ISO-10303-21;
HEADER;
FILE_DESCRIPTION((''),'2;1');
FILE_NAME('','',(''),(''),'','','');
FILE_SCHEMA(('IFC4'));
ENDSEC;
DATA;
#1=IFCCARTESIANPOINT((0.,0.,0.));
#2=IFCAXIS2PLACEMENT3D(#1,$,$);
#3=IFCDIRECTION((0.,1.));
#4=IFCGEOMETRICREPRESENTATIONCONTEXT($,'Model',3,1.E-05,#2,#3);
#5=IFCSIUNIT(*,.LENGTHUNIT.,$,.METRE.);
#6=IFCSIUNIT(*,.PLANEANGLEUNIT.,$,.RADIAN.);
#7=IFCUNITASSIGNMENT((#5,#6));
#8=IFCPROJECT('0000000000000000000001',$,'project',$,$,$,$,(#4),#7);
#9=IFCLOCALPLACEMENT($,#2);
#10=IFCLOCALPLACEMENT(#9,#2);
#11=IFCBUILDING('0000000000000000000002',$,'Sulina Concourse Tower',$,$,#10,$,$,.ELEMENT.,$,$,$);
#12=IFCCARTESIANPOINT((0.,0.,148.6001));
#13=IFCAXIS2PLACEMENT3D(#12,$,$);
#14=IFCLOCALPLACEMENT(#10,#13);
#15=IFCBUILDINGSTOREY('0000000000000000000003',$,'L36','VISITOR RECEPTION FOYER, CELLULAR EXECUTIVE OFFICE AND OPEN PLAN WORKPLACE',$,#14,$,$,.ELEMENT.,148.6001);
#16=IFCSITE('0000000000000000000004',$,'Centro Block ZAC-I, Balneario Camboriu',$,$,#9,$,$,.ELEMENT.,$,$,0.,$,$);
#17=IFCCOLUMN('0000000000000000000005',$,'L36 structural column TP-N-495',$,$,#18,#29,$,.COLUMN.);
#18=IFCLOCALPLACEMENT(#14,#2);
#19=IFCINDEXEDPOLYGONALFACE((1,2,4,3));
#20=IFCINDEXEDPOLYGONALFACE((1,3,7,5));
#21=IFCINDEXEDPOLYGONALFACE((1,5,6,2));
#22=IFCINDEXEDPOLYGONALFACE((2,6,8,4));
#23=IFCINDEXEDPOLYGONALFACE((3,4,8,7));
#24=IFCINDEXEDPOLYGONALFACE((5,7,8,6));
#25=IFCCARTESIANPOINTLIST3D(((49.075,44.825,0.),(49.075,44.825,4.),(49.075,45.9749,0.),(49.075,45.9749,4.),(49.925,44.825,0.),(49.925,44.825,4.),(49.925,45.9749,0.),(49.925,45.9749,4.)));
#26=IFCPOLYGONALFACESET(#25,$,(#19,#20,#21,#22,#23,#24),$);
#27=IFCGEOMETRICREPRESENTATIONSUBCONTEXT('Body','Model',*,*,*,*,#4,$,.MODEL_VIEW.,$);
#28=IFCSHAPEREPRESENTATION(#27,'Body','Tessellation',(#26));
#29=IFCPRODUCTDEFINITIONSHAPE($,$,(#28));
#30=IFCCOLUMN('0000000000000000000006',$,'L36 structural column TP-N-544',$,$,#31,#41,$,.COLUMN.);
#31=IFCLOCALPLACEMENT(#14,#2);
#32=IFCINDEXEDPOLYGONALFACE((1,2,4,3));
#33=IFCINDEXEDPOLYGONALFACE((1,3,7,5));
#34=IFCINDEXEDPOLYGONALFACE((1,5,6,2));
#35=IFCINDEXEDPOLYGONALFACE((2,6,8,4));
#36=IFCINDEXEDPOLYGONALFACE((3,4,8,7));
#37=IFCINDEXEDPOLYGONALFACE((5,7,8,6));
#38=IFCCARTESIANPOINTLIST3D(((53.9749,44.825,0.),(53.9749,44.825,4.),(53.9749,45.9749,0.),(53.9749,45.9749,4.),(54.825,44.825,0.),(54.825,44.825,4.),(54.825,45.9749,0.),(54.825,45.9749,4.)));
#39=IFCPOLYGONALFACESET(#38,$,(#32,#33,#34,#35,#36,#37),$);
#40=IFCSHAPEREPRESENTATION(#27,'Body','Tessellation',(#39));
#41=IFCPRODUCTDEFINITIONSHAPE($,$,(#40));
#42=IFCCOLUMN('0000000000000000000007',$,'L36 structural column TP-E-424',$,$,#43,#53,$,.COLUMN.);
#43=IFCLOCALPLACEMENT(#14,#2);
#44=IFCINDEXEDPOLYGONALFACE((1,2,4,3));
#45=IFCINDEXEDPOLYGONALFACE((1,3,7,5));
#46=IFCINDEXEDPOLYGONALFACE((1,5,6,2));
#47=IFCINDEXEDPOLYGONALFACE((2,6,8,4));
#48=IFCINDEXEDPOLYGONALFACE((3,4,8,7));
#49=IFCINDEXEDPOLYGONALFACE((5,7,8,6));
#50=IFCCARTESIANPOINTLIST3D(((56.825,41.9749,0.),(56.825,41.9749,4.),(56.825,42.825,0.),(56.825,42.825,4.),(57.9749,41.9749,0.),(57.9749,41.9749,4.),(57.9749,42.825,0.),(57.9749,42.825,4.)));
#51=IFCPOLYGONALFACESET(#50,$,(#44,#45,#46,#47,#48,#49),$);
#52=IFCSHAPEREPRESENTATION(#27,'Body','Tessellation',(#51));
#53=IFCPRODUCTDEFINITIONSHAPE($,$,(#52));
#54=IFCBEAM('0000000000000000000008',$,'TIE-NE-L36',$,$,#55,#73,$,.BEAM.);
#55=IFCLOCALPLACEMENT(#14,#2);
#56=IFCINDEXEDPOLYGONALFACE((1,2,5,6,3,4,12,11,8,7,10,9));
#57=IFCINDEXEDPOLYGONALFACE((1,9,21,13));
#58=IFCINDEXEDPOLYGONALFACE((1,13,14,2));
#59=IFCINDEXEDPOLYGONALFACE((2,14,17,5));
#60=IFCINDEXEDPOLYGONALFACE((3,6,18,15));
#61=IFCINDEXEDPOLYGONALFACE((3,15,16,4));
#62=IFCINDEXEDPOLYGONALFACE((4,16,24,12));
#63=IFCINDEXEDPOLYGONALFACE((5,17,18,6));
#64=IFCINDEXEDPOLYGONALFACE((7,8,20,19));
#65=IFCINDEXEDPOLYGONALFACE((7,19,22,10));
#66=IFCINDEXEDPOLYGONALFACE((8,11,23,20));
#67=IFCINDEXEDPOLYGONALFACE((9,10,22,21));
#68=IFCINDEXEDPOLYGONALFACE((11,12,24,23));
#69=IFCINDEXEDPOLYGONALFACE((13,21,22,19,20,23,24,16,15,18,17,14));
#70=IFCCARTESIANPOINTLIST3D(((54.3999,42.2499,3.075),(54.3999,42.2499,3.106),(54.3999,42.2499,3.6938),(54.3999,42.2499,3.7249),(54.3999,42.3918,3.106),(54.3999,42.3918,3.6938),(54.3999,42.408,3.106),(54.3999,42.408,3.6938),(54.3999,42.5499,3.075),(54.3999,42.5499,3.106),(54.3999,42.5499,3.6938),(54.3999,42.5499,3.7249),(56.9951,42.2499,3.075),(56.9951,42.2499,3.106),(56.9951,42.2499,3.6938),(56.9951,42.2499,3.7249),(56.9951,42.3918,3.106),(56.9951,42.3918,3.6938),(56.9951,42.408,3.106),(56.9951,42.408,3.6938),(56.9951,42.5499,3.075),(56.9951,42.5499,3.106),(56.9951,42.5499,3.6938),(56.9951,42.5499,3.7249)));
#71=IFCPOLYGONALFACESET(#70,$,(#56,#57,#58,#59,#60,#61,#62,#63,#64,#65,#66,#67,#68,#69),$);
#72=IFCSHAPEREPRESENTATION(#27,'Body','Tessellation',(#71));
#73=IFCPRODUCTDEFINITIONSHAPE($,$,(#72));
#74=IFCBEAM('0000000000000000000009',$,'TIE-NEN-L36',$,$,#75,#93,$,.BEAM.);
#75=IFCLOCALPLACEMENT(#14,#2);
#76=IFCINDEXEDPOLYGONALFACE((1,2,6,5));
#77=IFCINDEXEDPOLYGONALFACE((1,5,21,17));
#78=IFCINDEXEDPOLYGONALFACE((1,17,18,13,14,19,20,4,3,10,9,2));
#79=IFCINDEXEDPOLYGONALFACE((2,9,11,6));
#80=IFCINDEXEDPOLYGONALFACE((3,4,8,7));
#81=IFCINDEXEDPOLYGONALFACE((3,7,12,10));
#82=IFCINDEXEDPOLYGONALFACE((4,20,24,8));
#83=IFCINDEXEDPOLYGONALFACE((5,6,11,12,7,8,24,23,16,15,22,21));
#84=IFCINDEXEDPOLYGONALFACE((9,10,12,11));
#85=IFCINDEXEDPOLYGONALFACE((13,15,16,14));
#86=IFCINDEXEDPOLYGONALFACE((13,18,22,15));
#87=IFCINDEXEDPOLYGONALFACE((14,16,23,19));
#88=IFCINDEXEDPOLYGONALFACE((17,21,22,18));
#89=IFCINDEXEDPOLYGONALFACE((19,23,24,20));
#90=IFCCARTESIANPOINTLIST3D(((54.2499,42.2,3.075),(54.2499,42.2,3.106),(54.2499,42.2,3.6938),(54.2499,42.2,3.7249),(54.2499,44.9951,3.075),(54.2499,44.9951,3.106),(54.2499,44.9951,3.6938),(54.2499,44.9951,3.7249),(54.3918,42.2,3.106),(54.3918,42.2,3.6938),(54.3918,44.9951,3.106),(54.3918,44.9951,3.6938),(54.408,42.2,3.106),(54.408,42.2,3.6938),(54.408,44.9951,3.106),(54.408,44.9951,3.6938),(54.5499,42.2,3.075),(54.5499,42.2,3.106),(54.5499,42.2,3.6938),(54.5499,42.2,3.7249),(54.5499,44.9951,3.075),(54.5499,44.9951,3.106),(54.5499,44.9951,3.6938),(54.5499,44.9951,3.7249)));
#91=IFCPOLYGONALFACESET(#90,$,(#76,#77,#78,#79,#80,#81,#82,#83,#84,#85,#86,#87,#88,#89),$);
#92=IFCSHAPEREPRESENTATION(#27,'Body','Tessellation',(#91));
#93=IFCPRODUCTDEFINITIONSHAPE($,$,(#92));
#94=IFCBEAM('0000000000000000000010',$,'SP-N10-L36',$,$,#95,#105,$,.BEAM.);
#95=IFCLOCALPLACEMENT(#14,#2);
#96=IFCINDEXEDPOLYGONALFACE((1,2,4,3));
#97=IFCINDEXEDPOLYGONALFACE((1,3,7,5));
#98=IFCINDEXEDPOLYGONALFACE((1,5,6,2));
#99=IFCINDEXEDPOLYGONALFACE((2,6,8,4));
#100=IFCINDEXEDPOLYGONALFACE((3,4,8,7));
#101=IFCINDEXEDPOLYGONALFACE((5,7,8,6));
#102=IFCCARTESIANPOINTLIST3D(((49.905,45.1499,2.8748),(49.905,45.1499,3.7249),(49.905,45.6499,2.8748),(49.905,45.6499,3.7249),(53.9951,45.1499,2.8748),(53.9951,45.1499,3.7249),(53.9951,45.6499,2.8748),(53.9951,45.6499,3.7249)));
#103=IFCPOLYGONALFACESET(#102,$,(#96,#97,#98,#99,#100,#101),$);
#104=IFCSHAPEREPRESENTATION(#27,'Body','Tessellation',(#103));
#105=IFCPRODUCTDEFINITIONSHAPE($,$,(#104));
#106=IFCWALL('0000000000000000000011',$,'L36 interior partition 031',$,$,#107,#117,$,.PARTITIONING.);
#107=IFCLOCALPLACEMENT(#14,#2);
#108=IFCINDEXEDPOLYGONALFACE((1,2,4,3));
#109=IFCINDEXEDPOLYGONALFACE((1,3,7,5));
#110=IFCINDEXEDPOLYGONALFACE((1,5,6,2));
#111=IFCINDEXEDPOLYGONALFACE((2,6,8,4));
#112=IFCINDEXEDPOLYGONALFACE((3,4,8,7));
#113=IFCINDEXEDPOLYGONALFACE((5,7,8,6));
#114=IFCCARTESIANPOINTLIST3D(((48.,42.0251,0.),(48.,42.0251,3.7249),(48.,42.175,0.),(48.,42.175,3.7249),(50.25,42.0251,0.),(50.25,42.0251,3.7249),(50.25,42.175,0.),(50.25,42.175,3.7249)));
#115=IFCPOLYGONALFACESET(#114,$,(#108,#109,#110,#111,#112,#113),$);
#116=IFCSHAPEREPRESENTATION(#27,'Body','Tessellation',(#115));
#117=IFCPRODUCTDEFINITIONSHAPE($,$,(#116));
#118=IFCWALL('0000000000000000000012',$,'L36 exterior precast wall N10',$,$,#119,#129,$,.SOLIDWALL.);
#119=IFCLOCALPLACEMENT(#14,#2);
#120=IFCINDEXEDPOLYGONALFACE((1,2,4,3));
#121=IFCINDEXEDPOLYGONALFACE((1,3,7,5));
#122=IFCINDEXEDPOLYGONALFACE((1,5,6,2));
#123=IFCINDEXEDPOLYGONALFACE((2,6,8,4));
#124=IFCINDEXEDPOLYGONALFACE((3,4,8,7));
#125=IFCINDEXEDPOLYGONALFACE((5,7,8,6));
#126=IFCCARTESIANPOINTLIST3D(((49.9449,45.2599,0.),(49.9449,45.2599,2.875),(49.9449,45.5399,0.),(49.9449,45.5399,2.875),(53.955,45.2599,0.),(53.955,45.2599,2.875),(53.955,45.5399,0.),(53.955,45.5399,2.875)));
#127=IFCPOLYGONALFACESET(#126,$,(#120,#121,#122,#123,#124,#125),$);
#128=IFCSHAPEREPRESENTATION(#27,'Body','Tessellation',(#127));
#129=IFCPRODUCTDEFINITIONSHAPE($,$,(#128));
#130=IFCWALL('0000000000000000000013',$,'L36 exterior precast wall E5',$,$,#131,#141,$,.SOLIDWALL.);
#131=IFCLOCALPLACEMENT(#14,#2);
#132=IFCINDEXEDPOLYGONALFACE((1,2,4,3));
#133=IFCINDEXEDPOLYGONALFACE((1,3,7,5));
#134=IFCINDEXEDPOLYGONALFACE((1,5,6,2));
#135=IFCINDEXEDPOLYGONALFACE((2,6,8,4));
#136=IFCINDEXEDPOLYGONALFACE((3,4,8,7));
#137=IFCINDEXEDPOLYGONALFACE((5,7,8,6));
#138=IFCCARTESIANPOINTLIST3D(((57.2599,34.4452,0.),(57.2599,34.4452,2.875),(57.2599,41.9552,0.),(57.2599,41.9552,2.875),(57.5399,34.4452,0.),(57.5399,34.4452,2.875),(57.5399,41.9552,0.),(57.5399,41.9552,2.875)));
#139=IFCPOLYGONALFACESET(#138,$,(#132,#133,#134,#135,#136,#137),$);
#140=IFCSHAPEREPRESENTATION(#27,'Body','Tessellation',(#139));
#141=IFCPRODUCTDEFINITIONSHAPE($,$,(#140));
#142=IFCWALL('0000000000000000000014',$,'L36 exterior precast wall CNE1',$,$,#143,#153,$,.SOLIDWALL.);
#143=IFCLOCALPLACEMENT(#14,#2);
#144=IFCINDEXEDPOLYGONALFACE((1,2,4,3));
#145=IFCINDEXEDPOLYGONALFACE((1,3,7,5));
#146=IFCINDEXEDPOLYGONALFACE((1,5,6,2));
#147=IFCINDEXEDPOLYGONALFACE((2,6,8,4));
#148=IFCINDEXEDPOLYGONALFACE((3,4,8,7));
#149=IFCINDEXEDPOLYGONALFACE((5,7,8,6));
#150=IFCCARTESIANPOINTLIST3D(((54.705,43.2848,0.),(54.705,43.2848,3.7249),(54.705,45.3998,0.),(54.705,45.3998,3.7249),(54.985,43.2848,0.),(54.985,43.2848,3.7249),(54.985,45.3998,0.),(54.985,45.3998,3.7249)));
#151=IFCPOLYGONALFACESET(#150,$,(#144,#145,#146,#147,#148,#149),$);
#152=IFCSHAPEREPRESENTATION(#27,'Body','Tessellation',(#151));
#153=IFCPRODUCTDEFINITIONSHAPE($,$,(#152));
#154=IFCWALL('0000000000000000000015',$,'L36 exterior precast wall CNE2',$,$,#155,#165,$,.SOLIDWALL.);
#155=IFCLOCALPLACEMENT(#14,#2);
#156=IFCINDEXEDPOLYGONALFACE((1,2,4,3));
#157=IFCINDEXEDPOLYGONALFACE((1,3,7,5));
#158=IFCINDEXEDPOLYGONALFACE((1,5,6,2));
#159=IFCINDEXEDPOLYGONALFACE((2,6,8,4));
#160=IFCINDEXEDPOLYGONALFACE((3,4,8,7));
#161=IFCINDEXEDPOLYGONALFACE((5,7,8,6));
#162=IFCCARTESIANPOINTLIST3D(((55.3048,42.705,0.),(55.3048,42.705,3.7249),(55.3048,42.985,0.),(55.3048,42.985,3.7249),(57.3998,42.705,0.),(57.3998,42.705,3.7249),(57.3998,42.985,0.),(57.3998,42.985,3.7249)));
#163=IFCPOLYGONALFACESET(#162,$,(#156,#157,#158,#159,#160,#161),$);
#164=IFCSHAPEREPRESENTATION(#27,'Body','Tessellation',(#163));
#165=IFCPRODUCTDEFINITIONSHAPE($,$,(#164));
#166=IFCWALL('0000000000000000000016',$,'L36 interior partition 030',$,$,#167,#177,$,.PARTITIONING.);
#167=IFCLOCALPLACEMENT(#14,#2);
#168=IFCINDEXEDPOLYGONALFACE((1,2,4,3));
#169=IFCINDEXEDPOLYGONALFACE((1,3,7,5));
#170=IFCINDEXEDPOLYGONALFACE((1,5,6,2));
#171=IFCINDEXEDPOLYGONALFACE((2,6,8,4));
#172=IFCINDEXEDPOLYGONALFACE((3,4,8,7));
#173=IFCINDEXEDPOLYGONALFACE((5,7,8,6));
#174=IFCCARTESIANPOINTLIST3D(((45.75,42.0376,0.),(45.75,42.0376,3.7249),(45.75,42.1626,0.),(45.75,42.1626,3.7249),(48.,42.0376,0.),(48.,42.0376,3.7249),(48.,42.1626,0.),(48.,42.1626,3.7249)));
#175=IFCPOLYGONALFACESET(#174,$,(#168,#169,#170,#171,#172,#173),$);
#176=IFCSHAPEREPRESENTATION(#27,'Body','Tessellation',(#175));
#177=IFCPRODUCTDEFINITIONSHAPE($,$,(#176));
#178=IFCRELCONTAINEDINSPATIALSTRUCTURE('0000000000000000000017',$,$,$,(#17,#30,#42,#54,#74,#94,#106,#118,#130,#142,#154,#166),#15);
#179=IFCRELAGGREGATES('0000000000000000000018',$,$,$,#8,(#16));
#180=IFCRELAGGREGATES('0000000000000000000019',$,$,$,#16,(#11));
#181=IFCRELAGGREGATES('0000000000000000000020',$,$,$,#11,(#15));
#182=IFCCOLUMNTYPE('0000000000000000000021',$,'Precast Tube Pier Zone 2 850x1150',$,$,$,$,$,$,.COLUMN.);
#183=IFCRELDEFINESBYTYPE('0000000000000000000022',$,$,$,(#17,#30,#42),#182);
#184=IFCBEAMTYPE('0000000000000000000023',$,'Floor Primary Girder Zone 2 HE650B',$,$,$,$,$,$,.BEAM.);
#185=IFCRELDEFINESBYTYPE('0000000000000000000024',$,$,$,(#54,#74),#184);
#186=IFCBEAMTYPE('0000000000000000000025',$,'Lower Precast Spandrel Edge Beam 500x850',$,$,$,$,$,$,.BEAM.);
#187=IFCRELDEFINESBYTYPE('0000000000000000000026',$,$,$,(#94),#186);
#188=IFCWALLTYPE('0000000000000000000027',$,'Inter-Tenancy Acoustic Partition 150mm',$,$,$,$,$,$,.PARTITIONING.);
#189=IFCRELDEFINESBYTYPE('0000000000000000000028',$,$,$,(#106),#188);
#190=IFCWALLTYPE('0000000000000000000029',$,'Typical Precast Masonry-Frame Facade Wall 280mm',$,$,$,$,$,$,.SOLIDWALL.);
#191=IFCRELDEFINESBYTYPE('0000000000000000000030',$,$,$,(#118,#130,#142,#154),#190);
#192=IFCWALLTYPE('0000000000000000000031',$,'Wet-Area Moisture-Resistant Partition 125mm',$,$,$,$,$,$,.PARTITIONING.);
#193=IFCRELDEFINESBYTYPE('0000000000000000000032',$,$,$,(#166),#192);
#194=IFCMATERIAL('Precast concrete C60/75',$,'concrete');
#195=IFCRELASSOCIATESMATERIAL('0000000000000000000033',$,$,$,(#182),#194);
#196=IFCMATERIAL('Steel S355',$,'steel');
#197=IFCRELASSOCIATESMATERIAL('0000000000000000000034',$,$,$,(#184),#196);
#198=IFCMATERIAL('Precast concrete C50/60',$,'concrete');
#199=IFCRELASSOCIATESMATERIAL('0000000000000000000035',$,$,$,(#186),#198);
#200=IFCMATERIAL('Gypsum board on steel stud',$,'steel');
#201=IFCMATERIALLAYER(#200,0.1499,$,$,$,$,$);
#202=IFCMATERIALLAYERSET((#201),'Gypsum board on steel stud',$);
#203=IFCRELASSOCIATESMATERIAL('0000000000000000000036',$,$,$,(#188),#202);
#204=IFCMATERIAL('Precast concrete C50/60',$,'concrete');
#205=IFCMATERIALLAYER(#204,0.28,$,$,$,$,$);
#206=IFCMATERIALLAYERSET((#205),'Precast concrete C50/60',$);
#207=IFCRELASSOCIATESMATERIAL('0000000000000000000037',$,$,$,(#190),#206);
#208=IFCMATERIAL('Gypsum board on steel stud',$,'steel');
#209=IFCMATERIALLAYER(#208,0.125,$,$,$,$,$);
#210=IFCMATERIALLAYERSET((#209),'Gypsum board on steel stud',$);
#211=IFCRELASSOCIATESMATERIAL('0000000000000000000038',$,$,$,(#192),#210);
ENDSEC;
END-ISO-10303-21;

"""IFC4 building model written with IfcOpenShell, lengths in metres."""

from ifc_helpers import new_model, si_unit, direction, frame, frame_2d, origin, origin_2d, place, context, subcontext, project, spatial, rectangle, i_section, extrude, material, layer, layer_set, material_profile, profile_set, type_object, element, save


model = new_model("IFC4")

# Units and contexts
model_context = context("Model", 3, precision=1e-05, world=origin(), true_north=direction((0.0, 1.0)))
body_context = subcontext(model_context, "Body", "Model", "MODEL_VIEW")
ifc_project = project(units=[si_unit("LENGTHUNIT", "METRE"), si_unit("PLANEANGLEUNIT", "RADIAN")], contexts=[model_context])

# Site, building, storey
site_placement = place(None, origin())
site = spatial("IfcSite", under=ifc_project, at=site_placement, Name="Centro Block ZAC-I, Balneario Camboriu", CompositionType="ELEMENT", RefElevation=0.0)
building_placement = place(site_placement, origin())
building = spatial("IfcBuilding", under=site, at=building_placement, Name="Sulina Concourse Tower", CompositionType="ELEMENT")
storey_placement = place(building_placement, frame((0.0, 0.0, 148.6001)))
storey = spatial("IfcBuildingStorey", under=building, at=storey_placement, Name="L36", Description="VISITOR RECEPTION FOYER, CELLULAR EXECUTIVE OFFICE AND OPEN PLAN WORKPLACE", CompositionType="ELEMENT", Elevation=148.6001)

# Columns
ifc_material_1 = material(Name="Precast concrete C60/75", Category="concrete")
ifc_material_profile_1 = material_profile(ifc_material_1, rectangle(XDim=0.8501, YDim=1.1499, at=origin_2d()), Name="PC 850x1150")
ifc_profile_set_1 = profile_set([ifc_material_profile_1], Name="Precast concrete C60/75")
column_type = type_object("IfcColumnType", Name="Precast Tube Pier Zone 2 850x1150", PredefinedType="COLUMN", material=ifc_profile_set_1)
for number, where, z_axis, x_axis, name in (
    (1, (49.5, 45.3999, 0.0), (0.0, 0.0, 1.0), (1.0, 0.0, 0.0), "L36 structural column TP-N-495"),
    (2, (54.3999, 45.3999, 0.0), (0.0, 0.0, 1.0), (1.0, 0.0, 0.0), "L36 structural column TP-N-544"),
    (3, (57.3999, 42.3999, 0.0), (0.0, 0.0, 1.0), (0.0, 1.0, 0.0), "L36 structural column TP-E-424"),
):
    element("IfcColumn", number, at=place(storey_placement, frame(where, z_axis=z_axis, x_axis=x_axis)), inside=storey, type_object=column_type, Name=name, PredefinedType="COLUMN", context=body_context, shape_type="SweptSolid", body=[
        extrude(rectangle(XDim=0.8501, YDim=1.1499, at=origin_2d()), origin(), (0.0, 0.0, 1.0), 4.0),
    ])

# Beams
ifc_material_2 = material(Name="Steel S355", Category="steel")
ifc_material_profile_2 = material_profile(ifc_material_2, i_section(OverallWidth=0.3, OverallDepth=0.6499, WebThickness=0.0161, FlangeThickness=0.031, at=origin_2d()), Name="HE 650 B")
ifc_profile_set_2 = profile_set([ifc_material_profile_2], Name="Steel S355")
beam_type_1 = type_object("IfcBeamType", Name="Floor Primary Girder Zone 2 HE650B", PredefinedType="BEAM", material=ifc_profile_set_2)
beam_1_placement = place(storey_placement, frame((54.3999, 42.3999, 3.3999), z_axis=(1.0, 0.0, 0.0), x_axis=(0.0, 1.0, 0.0)))
element("IfcBeam", 4, at=beam_1_placement, inside=storey, type_object=beam_type_1, Name="TIE-NE-L36", PredefinedType="BEAM", context=body_context, shape_type="SweptSolid", body=[
    extrude(i_section(OverallWidth=0.3, OverallDepth=0.6499, WebThickness=0.0161, FlangeThickness=0.031, at=origin_2d()), origin(), (0.0, 0.0, 1.0), 2.5952),
])
beam_2_placement = place(storey_placement, frame((54.3999, 42.2, 3.3999), z_axis=(0.0, 1.0, 0.0), x_axis=(-1.0, 0.0, 0.0)))
element("IfcBeam", 5, at=beam_2_placement, inside=storey, type_object=beam_type_1, Name="TIE-NEN-L36", PredefinedType="BEAM", context=body_context, shape_type="SweptSolid", body=[
    extrude(i_section(OverallWidth=0.3, OverallDepth=0.6499, WebThickness=0.0161, FlangeThickness=0.031, at=origin_2d()), origin(), (0.0, 0.0, 1.0), 2.7952),
])
ifc_material_3 = material(Name="Precast concrete C50/60", Category="concrete")
ifc_material_profile_3 = material_profile(ifc_material_3, rectangle(XDim=0.5, YDim=0.8501, at=origin_2d()), Name="RC 500x850")
ifc_profile_set_3 = profile_set([ifc_material_profile_3], Name="Precast concrete C50/60")
beam_type_2 = type_object("IfcBeamType", Name="Lower Precast Spandrel Edge Beam 500x850", PredefinedType="BEAM", material=ifc_profile_set_3)
beam_3_placement = place(storey_placement, frame((49.905, 45.3999, 3.2998), z_axis=(1.0, 0.0, 0.0), x_axis=(0.0, 1.0, 0.0)))
element("IfcBeam", 6, at=beam_3_placement, inside=storey, type_object=beam_type_2, Name="SP-N10-L36", PredefinedType="BEAM", context=body_context, shape_type="SweptSolid", body=[
    extrude(rectangle(XDim=0.5, YDim=0.8501, at=origin_2d()), origin(), (0.0, 0.0, 1.0), 4.0901),
])

# Walls
ifc_material_4 = material(Name="Gypsum board on steel stud", Category="steel")
ifc_layer_1 = layer(ifc_material_4, 0.1499)
ifc_layer_set_1 = layer_set([ifc_layer_1], Name="Gypsum board on steel stud")
wall_type_1 = type_object("IfcWallType", Name="Inter-Tenancy Acoustic Partition 150mm", PredefinedType="PARTITIONING", material=ifc_layer_set_1)
wall_1_placement = place(storey_placement, frame((48.0, 42.1001, 0.0), z_axis=(0.0, 0.0, 1.0), x_axis=(1.0, 0.0, 0.0)))
element("IfcWall", 7, at=wall_1_placement, inside=storey, type_object=wall_type_1, Name="L36 interior partition 031", PredefinedType="PARTITIONING", context=body_context, shape_type="SweptSolid", body=[
    extrude(rectangle(XDim=2.25, YDim=0.1499, at=frame_2d((1.125, 0.0))), origin(), (0.0, 0.0, 1.0), 3.7249),
])
ifc_material_5 = material(Name="Precast concrete C50/60", Category="concrete")
ifc_layer_2 = layer(ifc_material_5, 0.28)
ifc_layer_set_2 = layer_set([ifc_layer_2], Name="Precast concrete C50/60")
wall_type_2 = type_object("IfcWallType", Name="Typical Precast Masonry-Frame Facade Wall 280mm", PredefinedType="SOLIDWALL", material=ifc_layer_set_2)
wall_2_placement = place(storey_placement, frame((49.9451, 45.3999, 0.0), z_axis=(0.0, 0.0, 1.0), x_axis=(1.0, 0.0, 0.0)))
element("IfcWall", 8, at=wall_2_placement, inside=storey, type_object=wall_type_2, Name="L36 exterior precast wall N10", PredefinedType="SOLIDWALL", context=body_context, shape_type="SweptSolid", body=[
    extrude(rectangle(XDim=4.01, YDim=0.28, at=frame_2d((2.0049, 0.0))), origin(), (0.0, 0.0, 1.0), 2.875),
])
wall_3_placement = place(storey_placement, frame((57.3999, 41.9551, 0.0), z_axis=(0.0, 0.0, 1.0), x_axis=(0.0, -1.0, 0.0)))
element("IfcWall", 9, at=wall_3_placement, inside=storey, type_object=wall_type_2, Name="L36 exterior precast wall E5", PredefinedType="SOLIDWALL", context=body_context, shape_type="SweptSolid", body=[
    extrude(rectangle(XDim=7.51, YDim=0.28, at=frame_2d((3.7549, 0.0))), origin(), (0.0, 0.0, 1.0), 2.875),
])
wall_4_placement = place(storey_placement, frame((54.845, 45.3999, 0.0), z_axis=(0.0, 0.0, 1.0), x_axis=(0.0, -1.0, 0.0)))
element("IfcWall", 10, at=wall_4_placement, inside=storey, type_object=wall_type_2, Name="L36 exterior precast wall CNE1", PredefinedType="SOLIDWALL", context=body_context, shape_type="SweptSolid", body=[
    extrude(rectangle(XDim=2.115, YDim=0.28, at=frame_2d((1.0576, 0.0))), origin(), (0.0, 0.0, 1.0), 3.7249),
])
wall_5_placement = place(storey_placement, frame((55.3049, 42.845, 0.0), z_axis=(0.0, 0.0, 1.0), x_axis=(1.0, 0.0, 0.0)))
element("IfcWall", 11, at=wall_5_placement, inside=storey, type_object=wall_type_2, Name="L36 exterior precast wall CNE2", PredefinedType="SOLIDWALL", context=body_context, shape_type="SweptSolid", body=[
    extrude(rectangle(XDim=2.095, YDim=0.28, at=frame_2d((1.0474, 0.0))), origin(), (0.0, 0.0, 1.0), 3.7249),
])
ifc_material_6 = material(Name="Gypsum board on steel stud", Category="steel")
ifc_layer_3 = layer(ifc_material_6, 0.125)
ifc_layer_set_3 = layer_set([ifc_layer_3], Name="Gypsum board on steel stud")
wall_type_3 = type_object("IfcWallType", Name="Wet-Area Moisture-Resistant Partition 125mm", PredefinedType="PARTITIONING", material=ifc_layer_set_3)
wall_6_placement = place(storey_placement, frame((45.75, 42.1001, 0.0), z_axis=(0.0, 0.0, 1.0), x_axis=(1.0, 0.0, 0.0)))
element("IfcWall", 12, at=wall_6_placement, inside=storey, type_object=wall_type_3, Name="L36 interior partition 030", PredefinedType="PARTITIONING", context=body_context, shape_type="SweptSolid", body=[
    extrude(rectangle(XDim=2.25, YDim=0.125, at=frame_2d((1.125, 0.0))), origin(), (0.0, 0.0, 1.0), 3.7249),
])

save(model, "model.ifc")
